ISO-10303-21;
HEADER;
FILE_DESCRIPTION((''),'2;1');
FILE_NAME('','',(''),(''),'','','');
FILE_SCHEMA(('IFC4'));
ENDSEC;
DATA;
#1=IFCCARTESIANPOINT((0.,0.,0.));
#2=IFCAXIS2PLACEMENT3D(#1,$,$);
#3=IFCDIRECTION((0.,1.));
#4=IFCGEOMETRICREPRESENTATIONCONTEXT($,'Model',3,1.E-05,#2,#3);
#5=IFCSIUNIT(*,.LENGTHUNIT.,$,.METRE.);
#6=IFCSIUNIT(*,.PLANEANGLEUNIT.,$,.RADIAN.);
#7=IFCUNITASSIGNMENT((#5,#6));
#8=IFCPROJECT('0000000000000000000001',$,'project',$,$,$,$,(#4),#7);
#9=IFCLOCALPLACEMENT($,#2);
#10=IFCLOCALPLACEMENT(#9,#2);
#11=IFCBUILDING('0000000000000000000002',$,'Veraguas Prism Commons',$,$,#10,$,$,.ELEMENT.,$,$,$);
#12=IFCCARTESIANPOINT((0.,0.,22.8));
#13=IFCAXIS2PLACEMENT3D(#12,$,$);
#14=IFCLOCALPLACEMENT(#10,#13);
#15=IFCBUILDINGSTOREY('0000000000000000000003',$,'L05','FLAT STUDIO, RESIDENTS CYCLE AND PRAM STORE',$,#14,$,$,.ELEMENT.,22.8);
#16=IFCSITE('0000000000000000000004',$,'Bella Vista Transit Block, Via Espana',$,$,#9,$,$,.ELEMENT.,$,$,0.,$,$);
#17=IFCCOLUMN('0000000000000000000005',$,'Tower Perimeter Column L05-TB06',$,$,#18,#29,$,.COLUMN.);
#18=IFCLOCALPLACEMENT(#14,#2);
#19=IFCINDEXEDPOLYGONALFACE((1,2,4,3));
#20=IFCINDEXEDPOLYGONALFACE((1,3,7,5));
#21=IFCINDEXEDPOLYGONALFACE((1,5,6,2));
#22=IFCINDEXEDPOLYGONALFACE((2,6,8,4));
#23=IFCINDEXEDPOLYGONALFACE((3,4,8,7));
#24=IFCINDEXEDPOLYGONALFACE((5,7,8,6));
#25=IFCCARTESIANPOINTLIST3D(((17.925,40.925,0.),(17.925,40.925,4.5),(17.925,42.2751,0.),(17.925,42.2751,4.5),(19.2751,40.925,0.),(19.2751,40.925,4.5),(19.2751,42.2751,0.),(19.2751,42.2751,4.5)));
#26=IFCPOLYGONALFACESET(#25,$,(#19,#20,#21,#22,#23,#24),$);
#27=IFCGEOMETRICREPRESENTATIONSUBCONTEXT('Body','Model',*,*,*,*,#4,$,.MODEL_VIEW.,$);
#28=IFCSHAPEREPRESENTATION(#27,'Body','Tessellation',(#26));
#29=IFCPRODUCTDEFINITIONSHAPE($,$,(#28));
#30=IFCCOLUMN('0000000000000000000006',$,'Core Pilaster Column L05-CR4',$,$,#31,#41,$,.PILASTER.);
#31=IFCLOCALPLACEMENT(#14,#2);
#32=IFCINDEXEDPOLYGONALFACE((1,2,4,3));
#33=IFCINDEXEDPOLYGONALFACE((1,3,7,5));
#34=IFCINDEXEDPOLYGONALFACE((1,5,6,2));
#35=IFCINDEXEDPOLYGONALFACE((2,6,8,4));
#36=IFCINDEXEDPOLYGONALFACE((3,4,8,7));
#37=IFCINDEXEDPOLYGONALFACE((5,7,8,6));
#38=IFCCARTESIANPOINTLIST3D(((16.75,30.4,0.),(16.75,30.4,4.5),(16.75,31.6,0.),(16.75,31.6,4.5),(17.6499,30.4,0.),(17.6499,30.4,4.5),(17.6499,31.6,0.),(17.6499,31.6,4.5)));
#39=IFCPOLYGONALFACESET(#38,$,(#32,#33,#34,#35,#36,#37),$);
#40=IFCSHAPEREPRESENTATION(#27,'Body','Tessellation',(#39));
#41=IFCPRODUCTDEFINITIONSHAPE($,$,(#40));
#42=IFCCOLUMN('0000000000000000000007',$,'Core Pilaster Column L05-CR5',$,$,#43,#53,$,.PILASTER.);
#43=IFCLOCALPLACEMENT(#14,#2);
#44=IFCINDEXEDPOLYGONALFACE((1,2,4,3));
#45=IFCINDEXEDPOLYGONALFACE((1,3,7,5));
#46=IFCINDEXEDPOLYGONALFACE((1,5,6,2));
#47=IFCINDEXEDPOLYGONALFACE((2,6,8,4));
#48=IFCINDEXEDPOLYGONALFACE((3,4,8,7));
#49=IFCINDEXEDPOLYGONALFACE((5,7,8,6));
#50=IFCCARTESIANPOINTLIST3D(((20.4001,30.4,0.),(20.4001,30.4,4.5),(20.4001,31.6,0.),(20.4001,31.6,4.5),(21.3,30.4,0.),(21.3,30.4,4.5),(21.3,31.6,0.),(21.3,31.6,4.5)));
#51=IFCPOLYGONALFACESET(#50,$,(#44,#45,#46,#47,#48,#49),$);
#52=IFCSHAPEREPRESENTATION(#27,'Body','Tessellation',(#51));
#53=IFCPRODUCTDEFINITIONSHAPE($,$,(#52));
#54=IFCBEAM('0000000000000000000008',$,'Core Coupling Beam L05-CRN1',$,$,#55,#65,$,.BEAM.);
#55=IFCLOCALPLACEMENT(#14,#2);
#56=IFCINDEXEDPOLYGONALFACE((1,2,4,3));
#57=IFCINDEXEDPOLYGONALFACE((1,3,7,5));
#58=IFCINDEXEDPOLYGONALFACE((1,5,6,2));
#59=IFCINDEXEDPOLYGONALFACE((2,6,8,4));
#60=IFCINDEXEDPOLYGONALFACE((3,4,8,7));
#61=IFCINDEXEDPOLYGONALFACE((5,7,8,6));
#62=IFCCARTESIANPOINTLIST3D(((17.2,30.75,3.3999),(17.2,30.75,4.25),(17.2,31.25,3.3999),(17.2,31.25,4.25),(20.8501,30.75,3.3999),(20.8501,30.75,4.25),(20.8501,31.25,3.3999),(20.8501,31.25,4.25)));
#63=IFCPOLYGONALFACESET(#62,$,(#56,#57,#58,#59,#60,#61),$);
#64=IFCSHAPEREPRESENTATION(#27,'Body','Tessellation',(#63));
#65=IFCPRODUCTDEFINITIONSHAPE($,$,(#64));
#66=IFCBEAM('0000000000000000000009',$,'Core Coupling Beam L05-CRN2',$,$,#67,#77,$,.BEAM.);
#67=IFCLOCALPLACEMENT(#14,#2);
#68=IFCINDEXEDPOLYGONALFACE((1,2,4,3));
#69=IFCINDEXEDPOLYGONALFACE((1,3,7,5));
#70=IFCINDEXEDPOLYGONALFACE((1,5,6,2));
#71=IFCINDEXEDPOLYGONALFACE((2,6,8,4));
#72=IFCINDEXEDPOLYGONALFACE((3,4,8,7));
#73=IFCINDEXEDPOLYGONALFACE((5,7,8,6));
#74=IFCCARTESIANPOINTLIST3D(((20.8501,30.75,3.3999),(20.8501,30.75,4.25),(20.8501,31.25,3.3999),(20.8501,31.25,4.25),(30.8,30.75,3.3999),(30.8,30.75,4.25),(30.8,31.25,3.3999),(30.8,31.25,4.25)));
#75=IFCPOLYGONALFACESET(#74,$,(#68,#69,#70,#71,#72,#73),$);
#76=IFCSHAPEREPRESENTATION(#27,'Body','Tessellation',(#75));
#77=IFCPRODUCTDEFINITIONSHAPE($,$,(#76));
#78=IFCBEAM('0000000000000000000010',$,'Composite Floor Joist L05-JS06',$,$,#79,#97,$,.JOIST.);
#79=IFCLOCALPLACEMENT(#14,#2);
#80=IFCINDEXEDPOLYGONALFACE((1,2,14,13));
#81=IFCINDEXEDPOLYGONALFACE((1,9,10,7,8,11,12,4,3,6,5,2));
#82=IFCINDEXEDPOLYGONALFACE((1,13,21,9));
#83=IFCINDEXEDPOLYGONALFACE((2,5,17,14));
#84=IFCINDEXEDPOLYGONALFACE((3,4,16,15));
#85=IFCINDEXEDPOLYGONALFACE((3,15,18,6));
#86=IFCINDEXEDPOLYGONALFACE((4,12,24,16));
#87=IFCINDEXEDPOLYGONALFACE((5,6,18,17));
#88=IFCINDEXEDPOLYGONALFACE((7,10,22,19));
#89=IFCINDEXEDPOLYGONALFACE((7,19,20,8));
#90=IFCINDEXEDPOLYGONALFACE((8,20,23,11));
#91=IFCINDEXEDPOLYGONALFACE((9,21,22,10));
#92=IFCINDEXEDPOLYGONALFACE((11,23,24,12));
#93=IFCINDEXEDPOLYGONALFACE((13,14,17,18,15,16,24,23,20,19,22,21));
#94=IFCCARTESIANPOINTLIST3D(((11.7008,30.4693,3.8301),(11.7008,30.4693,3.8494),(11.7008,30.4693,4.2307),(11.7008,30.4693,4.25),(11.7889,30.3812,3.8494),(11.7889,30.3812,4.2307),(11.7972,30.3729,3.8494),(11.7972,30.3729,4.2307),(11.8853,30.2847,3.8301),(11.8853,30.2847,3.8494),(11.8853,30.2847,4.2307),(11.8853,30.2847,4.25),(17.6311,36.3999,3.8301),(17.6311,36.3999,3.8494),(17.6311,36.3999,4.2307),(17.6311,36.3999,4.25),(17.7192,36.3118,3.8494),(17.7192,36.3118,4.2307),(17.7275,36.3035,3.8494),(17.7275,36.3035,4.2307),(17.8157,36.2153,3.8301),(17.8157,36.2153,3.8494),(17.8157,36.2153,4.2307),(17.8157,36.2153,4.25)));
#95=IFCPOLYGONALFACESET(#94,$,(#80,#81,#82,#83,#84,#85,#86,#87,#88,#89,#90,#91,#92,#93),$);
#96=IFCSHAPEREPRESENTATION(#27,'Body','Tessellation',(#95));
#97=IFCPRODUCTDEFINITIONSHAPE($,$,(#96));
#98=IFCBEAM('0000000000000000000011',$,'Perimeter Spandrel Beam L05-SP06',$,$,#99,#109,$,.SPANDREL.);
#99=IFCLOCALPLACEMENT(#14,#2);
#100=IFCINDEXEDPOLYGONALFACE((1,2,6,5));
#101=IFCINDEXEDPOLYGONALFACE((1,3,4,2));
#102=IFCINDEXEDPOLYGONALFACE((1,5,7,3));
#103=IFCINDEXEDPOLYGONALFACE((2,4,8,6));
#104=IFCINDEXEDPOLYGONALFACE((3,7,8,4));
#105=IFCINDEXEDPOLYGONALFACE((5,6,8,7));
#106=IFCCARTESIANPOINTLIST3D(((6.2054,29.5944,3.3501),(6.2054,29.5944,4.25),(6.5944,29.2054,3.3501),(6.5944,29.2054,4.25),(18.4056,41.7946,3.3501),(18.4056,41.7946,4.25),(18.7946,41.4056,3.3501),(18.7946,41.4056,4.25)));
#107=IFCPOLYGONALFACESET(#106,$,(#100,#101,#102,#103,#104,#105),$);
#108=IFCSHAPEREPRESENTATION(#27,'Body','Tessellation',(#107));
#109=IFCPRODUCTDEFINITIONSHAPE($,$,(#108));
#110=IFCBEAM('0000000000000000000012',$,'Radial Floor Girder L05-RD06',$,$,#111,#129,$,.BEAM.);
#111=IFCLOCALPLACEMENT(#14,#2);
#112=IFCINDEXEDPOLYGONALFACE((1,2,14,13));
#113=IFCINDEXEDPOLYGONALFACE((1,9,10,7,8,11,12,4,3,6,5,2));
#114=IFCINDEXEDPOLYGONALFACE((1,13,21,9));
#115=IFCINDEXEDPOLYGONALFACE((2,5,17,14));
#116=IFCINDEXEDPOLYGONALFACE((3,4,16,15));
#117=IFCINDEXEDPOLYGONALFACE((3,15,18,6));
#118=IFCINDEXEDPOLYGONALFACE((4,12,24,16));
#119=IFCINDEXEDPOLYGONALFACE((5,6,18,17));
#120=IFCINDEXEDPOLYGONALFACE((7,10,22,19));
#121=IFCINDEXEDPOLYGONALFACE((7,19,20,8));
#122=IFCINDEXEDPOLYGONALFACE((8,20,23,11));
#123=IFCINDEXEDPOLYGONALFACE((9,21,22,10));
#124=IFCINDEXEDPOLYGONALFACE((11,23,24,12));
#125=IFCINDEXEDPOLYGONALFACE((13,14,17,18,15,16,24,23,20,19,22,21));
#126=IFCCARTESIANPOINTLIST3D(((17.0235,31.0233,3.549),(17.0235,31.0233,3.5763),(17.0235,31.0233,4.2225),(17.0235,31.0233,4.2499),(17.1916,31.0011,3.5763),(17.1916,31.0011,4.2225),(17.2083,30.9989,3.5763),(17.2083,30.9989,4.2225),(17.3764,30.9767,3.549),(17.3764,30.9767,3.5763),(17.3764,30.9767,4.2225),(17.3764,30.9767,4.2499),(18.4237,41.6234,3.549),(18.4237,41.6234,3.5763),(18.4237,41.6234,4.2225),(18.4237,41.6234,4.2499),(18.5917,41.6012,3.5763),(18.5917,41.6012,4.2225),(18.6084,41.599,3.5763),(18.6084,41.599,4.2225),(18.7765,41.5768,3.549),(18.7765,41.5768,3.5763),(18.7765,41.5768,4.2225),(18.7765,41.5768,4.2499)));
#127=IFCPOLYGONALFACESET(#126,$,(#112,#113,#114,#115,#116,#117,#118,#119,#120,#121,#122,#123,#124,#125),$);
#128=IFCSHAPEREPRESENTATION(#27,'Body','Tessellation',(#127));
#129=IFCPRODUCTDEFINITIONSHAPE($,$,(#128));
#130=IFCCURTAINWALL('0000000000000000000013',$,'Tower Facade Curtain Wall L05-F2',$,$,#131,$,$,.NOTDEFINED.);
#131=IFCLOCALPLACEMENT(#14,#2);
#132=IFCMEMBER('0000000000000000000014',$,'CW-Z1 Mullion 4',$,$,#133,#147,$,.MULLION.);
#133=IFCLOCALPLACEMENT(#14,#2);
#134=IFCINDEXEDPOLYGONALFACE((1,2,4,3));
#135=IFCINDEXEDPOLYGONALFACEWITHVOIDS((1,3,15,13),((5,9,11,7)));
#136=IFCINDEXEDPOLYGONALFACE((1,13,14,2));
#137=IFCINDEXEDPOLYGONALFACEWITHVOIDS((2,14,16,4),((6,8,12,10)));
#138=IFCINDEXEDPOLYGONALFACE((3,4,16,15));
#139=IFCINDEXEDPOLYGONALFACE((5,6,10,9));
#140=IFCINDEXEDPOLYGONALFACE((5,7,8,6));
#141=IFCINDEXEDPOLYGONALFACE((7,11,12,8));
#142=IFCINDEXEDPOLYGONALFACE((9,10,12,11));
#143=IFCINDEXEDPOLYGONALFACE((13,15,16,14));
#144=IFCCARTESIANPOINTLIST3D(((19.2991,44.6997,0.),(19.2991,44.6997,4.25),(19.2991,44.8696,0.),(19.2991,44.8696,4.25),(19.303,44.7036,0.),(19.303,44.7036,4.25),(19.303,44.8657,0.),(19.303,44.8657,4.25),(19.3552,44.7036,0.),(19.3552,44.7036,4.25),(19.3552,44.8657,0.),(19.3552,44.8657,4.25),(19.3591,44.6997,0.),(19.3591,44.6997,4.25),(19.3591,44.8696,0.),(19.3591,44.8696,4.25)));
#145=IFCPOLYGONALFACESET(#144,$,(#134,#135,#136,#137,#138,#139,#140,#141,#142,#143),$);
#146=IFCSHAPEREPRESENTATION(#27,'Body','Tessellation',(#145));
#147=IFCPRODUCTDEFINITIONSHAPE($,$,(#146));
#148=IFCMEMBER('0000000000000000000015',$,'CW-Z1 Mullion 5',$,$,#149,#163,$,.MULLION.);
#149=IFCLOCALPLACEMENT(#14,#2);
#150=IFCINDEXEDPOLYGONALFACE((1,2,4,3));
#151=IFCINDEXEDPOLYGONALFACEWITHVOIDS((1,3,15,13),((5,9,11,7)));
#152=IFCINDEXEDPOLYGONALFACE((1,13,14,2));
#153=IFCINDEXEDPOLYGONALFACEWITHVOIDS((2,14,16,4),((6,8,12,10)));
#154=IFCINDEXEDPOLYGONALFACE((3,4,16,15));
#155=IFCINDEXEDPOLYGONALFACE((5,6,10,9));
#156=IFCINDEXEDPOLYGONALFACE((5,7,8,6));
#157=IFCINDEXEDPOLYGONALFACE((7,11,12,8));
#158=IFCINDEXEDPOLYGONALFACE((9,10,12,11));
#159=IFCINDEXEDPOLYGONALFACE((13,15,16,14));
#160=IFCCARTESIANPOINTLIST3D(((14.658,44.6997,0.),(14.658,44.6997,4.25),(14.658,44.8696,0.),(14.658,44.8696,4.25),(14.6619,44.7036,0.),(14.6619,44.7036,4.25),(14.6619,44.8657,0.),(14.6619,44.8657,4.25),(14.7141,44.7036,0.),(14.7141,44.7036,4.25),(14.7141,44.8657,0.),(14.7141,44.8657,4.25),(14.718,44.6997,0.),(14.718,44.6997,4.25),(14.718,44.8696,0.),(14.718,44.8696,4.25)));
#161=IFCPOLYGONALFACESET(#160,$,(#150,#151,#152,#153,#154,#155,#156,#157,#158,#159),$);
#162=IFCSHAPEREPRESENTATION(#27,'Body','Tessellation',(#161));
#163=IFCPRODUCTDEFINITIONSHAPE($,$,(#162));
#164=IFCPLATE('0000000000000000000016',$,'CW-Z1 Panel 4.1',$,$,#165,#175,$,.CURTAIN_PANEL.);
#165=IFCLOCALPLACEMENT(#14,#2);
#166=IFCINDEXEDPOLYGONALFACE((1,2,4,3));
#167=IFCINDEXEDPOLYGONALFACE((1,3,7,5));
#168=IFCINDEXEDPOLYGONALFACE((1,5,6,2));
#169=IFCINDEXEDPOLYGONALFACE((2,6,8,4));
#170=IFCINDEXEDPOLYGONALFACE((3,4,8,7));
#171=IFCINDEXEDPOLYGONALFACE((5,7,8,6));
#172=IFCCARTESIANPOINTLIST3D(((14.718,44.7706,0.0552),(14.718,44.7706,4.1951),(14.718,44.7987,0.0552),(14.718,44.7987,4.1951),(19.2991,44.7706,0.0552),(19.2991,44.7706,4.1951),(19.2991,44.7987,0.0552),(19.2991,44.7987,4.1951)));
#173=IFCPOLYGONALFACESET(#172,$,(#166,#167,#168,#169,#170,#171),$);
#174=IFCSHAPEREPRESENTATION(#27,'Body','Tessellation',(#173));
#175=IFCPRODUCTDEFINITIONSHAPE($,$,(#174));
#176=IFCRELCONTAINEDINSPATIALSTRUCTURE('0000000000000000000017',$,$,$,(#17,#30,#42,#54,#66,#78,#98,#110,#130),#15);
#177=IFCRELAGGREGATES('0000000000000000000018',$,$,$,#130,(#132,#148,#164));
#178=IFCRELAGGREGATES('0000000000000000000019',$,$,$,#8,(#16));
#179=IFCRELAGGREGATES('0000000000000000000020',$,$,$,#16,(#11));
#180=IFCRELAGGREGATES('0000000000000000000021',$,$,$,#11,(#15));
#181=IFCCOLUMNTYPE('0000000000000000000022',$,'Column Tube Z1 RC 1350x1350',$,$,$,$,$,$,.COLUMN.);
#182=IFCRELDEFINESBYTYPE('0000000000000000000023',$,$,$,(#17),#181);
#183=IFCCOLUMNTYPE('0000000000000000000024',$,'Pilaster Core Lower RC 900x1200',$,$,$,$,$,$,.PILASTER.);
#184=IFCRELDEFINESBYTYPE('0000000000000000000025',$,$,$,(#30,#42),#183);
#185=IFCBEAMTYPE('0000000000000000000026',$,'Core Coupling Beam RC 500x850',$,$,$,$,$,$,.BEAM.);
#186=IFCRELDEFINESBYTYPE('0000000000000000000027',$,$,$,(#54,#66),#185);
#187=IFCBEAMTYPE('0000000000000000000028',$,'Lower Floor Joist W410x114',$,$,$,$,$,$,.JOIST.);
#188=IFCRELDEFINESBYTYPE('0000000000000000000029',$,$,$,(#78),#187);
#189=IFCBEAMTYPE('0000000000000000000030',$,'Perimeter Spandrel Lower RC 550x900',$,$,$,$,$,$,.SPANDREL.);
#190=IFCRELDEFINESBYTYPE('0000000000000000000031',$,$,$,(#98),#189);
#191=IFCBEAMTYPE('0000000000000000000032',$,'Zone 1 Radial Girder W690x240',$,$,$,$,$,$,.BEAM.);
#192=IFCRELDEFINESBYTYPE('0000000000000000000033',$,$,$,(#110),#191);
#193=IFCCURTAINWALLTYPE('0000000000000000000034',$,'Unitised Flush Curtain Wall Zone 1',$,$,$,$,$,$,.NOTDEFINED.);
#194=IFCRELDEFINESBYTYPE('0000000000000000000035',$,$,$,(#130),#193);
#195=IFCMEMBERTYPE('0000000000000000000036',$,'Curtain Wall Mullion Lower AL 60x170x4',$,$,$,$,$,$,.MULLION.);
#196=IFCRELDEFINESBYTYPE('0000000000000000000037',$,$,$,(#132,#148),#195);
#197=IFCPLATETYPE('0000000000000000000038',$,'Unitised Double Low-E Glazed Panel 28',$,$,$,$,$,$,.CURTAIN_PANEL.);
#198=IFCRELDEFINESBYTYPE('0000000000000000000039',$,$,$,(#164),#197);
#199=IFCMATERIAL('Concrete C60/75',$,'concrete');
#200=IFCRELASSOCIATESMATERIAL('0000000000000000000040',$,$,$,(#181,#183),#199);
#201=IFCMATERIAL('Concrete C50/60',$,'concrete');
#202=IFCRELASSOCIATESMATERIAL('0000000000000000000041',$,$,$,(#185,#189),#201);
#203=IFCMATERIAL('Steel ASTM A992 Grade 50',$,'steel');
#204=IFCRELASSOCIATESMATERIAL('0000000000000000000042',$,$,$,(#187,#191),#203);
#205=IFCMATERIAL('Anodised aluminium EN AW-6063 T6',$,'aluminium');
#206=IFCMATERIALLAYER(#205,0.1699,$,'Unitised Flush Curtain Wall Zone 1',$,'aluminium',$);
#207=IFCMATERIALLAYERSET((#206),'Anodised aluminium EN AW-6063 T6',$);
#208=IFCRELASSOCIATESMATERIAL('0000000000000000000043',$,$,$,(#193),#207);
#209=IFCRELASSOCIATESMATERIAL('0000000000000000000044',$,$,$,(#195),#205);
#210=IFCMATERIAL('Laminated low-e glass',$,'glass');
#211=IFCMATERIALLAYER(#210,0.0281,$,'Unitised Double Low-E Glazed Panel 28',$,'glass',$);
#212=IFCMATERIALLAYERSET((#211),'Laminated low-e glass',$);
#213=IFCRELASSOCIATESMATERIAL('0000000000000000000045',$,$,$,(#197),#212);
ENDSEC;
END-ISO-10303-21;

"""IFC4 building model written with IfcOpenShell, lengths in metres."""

from ifc_helpers import new_model, si_unit, direction, frame, origin, origin_2d, place, context, subcontext, project, spatial, rectangle, hollow_rectangle, i_section, extrude, source, transform, mapped, material, layer, layer_set, material_profile, profile_set, type_object, element, aggregate, save


model = new_model("IFC4")

# Units and contexts
model_context = context("Model", 3, precision=1e-05, world=origin(), true_north=direction((0.0, 1.0)))
body_context = subcontext(model_context, "Body", "Model", "MODEL_VIEW")
ifc_project = project(units=[si_unit("LENGTHUNIT", "METRE"), si_unit("PLANEANGLEUNIT", "RADIAN")], contexts=[model_context])

# Site, building, storey
site_placement = place(None, origin())
site = spatial("IfcSite", under=ifc_project, at=site_placement, Name="Bella Vista Transit Block, Via Espana", CompositionType="ELEMENT", RefElevation=0.0)
building_placement = place(site_placement, origin())
building = spatial("IfcBuilding", under=site, at=building_placement, Name="Veraguas Prism Commons", CompositionType="ELEMENT")
storey_placement = place(building_placement, frame((0.0, 0.0, 22.8)))
storey = spatial("IfcBuildingStorey", under=building, at=storey_placement, Name="L05", Description="FLAT STUDIO, RESIDENTS CYCLE AND PRAM STORE", CompositionType="ELEMENT", Elevation=22.8)

# Columns
ifc_material_1 = material(Name="Concrete C60/75", Category="concrete")
ifc_material_profile_1 = material_profile(ifc_material_1, rectangle(XDim=1.3501, YDim=1.3501, at=origin_2d()), Name="RC1350X1350")
ifc_profile_set_1 = profile_set([ifc_material_profile_1], Name="Concrete C60/75")
column_type_1 = type_object("IfcColumnType", Name="Column Tube Z1 RC 1350x1350", PredefinedType="COLUMN", material=ifc_profile_set_1)
column_placement = place(storey_placement, frame((18.6001, 41.6001, 0.0), z_axis=(0.0, 0.0, 1.0), x_axis=(1.0, 0.0, 0.0)))
element("IfcColumn", 1, at=column_placement, inside=storey, type_object=column_type_1, Name="Tower Perimeter Column L05-TB06", PredefinedType="COLUMN", context=body_context, shape_type="SweptSolid", body=[
    extrude(rectangle(XDim=1.3501, YDim=1.3501, at=origin_2d()), origin(), (0.0, 0.0, 1.0), 4.5),
])
ifc_material_profile_2 = material_profile(ifc_material_1, rectangle(XDim=0.8999, YDim=1.2, at=origin_2d()), Name="RC900X1200")
ifc_profile_set_2 = profile_set([ifc_material_profile_2], Name="Concrete C60/75")
column_type_2 = type_object("IfcColumnType", Name="Pilaster Core Lower RC 900x1200", PredefinedType="PILASTER", material=ifc_profile_set_2)
for number, where, z_axis, x_axis, name in (
    (2, (17.2, 31.0, 0.0), (0.0, 0.0, 1.0), (1.0, 0.0, 0.0), "Core Pilaster Column L05-CR4"),
    (3, (20.8501, 31.0, 0.0), (0.0, 0.0, 1.0), (1.0, 0.0, 0.0), "Core Pilaster Column L05-CR5"),
):
    element("IfcColumn", number, at=place(storey_placement, frame(where, z_axis=z_axis, x_axis=x_axis)), inside=storey, type_object=column_type_2, Name=name, PredefinedType="PILASTER", context=body_context, shape_type="SweptSolid", body=[
        extrude(rectangle(XDim=0.8999, YDim=1.2, at=origin_2d()), origin(), (0.0, 0.0, 1.0), 4.5),
    ])

# Beams
ifc_material_2 = material(Name="Concrete C50/60", Category="concrete")
ifc_material_profile_3 = material_profile(ifc_material_2, rectangle(XDim=0.5, YDim=0.8501, at=origin_2d()), Name="RC500X850")
ifc_profile_set_3 = profile_set([ifc_material_profile_3], Name="Concrete C50/60")
beam_type_1 = type_object("IfcBeamType", Name="Core Coupling Beam RC 500x850", PredefinedType="BEAM", material=ifc_profile_set_3)
beam_1_placement = place(storey_placement, frame((17.2, 31.0, 3.825), z_axis=(1.0, 0.0, 0.0), x_axis=(0.0, 1.0, 0.0)))
element("IfcBeam", 4, at=beam_1_placement, inside=storey, type_object=beam_type_1, Name="Core Coupling Beam L05-CRN1", PredefinedType="BEAM", context=body_context, shape_type="SweptSolid", body=[
    extrude(rectangle(XDim=0.5, YDim=0.8501, at=origin_2d()), origin(), (0.0, 0.0, 1.0), 3.6501),
])
beam_2_placement = place(storey_placement, frame((20.8501, 31.0, 3.825), z_axis=(1.0, 0.0, 0.0), x_axis=(0.0, 1.0, 0.0)))
element("IfcBeam", 5, at=beam_2_placement, inside=storey, type_object=beam_type_1, Name="Core Coupling Beam L05-CRN2", PredefinedType="BEAM", context=body_context, shape_type="SweptSolid", body=[
    extrude(rectangle(XDim=0.5, YDim=0.8501, at=origin_2d()), origin(), (0.0, 0.0, 1.0), 9.95),
])
ifc_material_3 = material(Name="Steel ASTM A992 Grade 50", Category="steel")
ifc_material_profile_4 = material_profile(ifc_material_3, i_section(OverallWidth=0.261, OverallDepth=0.4199, WebThickness=0.0117, FlangeThickness=0.0193, at=origin_2d()), Name="W410X114")
ifc_profile_set_4 = profile_set([ifc_material_profile_4], Name="Steel ASTM A992 Grade 50")
beam_type_2 = type_object("IfcBeamType", Name="Lower Floor Joist W410x114", PredefinedType="JOIST", material=ifc_profile_set_4)
beam_3_placement = place(storey_placement, frame((17.7234, 36.3076, 4.04), z_axis=(-0.707092, -0.707121, 0.0), x_axis=(0.707121, -0.707092, 0.0)))
element("IfcBeam", 6, at=beam_3_placement, inside=storey, type_object=beam_type_2, Name="Composite Floor Joist L05-JS06", PredefinedType="JOIST", context=body_context, shape_type="SweptSolid", body=[
    extrude(i_section(OverallWidth=0.261, OverallDepth=0.4199, WebThickness=0.0117, FlangeThickness=0.0193, at=origin_2d()), origin(), (0.0, 0.0, 1.0), 8.387),
])
ifc_material_profile_5 = material_profile(ifc_material_2, rectangle(XDim=0.55, YDim=0.8999, at=origin_2d()), Name="RC550X900")
ifc_profile_set_5 = profile_set([ifc_material_profile_5], Name="Concrete C50/60")
beam_type_3 = type_object("IfcBeamType", Name="Perimeter Spandrel Lower RC 550x900", PredefinedType="SPANDREL", material=ifc_profile_set_5)
beam_4_placement = place(storey_placement, frame((18.6001, 41.6001, 3.8), z_axis=(-0.707107, -0.707107, 0.0), x_axis=(0.707107, -0.707107, 0.0)))
element("IfcBeam", 7, at=beam_4_placement, inside=storey, type_object=beam_type_3, Name="Perimeter Spandrel Beam L05-SP06", PredefinedType="SPANDREL", context=body_context, shape_type="SweptSolid", body=[
    extrude(rectangle(XDim=0.55, YDim=0.8999, at=origin_2d()), origin(), (0.0, 0.0, 1.0), 17.2537),
])
ifc_material_profile_6 = material_profile(ifc_material_3, i_section(OverallWidth=0.356, OverallDepth=0.7009, WebThickness=0.0168, FlangeThickness=0.0273, at=origin_2d()), Name="W690X240")
ifc_profile_set_6 = profile_set([ifc_material_profile_6], Name="Steel ASTM A992 Grade 50")
beam_type_4 = type_object("IfcBeamType", Name="Zone 1 Radial Girder W690x240", PredefinedType="BEAM", material=ifc_profile_set_6)
beam_5_placement = place(storey_placement, frame((18.6001, 41.6001, 3.8994), z_axis=(-0.130951, -0.991389, 0.0), x_axis=(0.991389, -0.130951, 0.0)))
element("IfcBeam", 8, at=beam_5_placement, inside=storey, type_object=beam_type_4, Name="Radial Floor Girder L05-RD06", PredefinedType="BEAM", context=body_context, shape_type="SweptSolid", body=[
    extrude(i_section(OverallWidth=0.356, OverallDepth=0.7009, WebThickness=0.0168, FlangeThickness=0.0273, at=origin_2d()), origin(), (0.0, 0.0, 1.0), 10.6921),
])

# Curtain wall, members, plate
ifc_material_4 = material(Name="Anodised aluminium EN AW-6063 T6", Category="aluminium")
ifc_layer_1 = layer(ifc_material_4, 0.1699, Name="Unitised Flush Curtain Wall Zone 1", Category="aluminium")
ifc_layer_set_1 = layer_set([ifc_layer_1], Name="Anodised aluminium EN AW-6063 T6")
curtain_wall_type = type_object("IfcCurtainWallType", Name="Unitised Flush Curtain Wall Zone 1", PredefinedType="NOTDEFINED", material=ifc_layer_set_1)
curtain_wall_placement = place(storey_placement, origin())
curtain_wall = element("IfcCurtainWall", 9, at=curtain_wall_placement, inside=storey, type_object=curtain_wall_type, Name="Tower Facade Curtain Wall L05-F2", PredefinedType="NOTDEFINED")
ifc_material_profile_7 = material_profile(ifc_material_4, hollow_rectangle(XDim=0.0601, YDim=0.1699, WallThickness=0.0039, at=origin_2d()), Name="AL60X170X4")
ifc_profile_set_7 = profile_set([ifc_material_profile_7], Name="Anodised aluminium EN AW-6063 T6")
member_type = type_object("IfcMemberType", Name="Curtain Wall Mullion Lower AL 60x170x4", PredefinedType="MULLION", material=ifc_profile_set_7)
shared_shape_1 = source(origin(), body_context, "Body", "SweptSolid", [
    extrude(hollow_rectangle(XDim=0.0601, YDim=0.1699, WallThickness=0.0039, at=origin_2d()), origin(), (0.0, 0.0, 1.0), 4.25),
])
member_1_placement = place(storey_placement, frame((19.3291, 44.7847, 0.0), z_axis=(0.0, 0.0, 1.0), x_axis=(-1.0, 0.0, 0.0)))
member_1 = element("IfcMember", 10, at=member_1_placement, type_object=member_type, Name="CW-Z1 Mullion 4", PredefinedType="MULLION", context=body_context, shape_type="MappedRepresentation", body=[
    mapped(shared_shape_1, transform((0.0, 0.0, 0.0), scale=1.0)),
])
member_2_placement = place(storey_placement, frame((14.688, 44.7847, 0.0), z_axis=(0.0, 0.0, 1.0), x_axis=(-1.0, 0.0, 0.0)))
member_2 = element("IfcMember", 11, at=member_2_placement, type_object=member_type, Name="CW-Z1 Mullion 5", PredefinedType="MULLION", context=body_context, shape_type="MappedRepresentation", body=[
    mapped(shared_shape_1, transform((0.0, 0.0, 0.0), scale=1.0)),
])
ifc_material_5 = material(Name="Laminated low-e glass", Category="glass")
ifc_layer_2 = layer(ifc_material_5, 0.0281, Name="Unitised Double Low-E Glazed Panel 28", Category="glass")
ifc_layer_set_2 = layer_set([ifc_layer_2], Name="Laminated low-e glass")
plate_type = type_object("IfcPlateType", Name="Unitised Double Low-E Glazed Panel 28", PredefinedType="CURTAIN_PANEL", material=ifc_layer_set_2)
shared_shape_2 = source(origin(), body_context, "Body", "SweptSolid", [
    extrude(rectangle(XDim=4.5811, YDim=0.0281, at=origin_2d()), origin(), (0.0, 0.0, 1.0), 4.1399),
])
plate_placement = place(storey_placement, frame((17.0085, 44.7847, 0.0552), z_axis=(0.0, 0.0, 1.0), x_axis=(-1.0, 0.0, 0.0)))
plate = element("IfcPlate", 12, at=plate_placement, type_object=plate_type, Name="CW-Z1 Panel 4.1", PredefinedType="CURTAIN_PANEL", context=body_context, shape_type="MappedRepresentation", body=[
    mapped(shared_shape_2, transform((0.0, 0.0, 0.0), scale=1.0)),
])
aggregate(curtain_wall, [member_1, member_2, plate])

save(model, "model.ifc")
